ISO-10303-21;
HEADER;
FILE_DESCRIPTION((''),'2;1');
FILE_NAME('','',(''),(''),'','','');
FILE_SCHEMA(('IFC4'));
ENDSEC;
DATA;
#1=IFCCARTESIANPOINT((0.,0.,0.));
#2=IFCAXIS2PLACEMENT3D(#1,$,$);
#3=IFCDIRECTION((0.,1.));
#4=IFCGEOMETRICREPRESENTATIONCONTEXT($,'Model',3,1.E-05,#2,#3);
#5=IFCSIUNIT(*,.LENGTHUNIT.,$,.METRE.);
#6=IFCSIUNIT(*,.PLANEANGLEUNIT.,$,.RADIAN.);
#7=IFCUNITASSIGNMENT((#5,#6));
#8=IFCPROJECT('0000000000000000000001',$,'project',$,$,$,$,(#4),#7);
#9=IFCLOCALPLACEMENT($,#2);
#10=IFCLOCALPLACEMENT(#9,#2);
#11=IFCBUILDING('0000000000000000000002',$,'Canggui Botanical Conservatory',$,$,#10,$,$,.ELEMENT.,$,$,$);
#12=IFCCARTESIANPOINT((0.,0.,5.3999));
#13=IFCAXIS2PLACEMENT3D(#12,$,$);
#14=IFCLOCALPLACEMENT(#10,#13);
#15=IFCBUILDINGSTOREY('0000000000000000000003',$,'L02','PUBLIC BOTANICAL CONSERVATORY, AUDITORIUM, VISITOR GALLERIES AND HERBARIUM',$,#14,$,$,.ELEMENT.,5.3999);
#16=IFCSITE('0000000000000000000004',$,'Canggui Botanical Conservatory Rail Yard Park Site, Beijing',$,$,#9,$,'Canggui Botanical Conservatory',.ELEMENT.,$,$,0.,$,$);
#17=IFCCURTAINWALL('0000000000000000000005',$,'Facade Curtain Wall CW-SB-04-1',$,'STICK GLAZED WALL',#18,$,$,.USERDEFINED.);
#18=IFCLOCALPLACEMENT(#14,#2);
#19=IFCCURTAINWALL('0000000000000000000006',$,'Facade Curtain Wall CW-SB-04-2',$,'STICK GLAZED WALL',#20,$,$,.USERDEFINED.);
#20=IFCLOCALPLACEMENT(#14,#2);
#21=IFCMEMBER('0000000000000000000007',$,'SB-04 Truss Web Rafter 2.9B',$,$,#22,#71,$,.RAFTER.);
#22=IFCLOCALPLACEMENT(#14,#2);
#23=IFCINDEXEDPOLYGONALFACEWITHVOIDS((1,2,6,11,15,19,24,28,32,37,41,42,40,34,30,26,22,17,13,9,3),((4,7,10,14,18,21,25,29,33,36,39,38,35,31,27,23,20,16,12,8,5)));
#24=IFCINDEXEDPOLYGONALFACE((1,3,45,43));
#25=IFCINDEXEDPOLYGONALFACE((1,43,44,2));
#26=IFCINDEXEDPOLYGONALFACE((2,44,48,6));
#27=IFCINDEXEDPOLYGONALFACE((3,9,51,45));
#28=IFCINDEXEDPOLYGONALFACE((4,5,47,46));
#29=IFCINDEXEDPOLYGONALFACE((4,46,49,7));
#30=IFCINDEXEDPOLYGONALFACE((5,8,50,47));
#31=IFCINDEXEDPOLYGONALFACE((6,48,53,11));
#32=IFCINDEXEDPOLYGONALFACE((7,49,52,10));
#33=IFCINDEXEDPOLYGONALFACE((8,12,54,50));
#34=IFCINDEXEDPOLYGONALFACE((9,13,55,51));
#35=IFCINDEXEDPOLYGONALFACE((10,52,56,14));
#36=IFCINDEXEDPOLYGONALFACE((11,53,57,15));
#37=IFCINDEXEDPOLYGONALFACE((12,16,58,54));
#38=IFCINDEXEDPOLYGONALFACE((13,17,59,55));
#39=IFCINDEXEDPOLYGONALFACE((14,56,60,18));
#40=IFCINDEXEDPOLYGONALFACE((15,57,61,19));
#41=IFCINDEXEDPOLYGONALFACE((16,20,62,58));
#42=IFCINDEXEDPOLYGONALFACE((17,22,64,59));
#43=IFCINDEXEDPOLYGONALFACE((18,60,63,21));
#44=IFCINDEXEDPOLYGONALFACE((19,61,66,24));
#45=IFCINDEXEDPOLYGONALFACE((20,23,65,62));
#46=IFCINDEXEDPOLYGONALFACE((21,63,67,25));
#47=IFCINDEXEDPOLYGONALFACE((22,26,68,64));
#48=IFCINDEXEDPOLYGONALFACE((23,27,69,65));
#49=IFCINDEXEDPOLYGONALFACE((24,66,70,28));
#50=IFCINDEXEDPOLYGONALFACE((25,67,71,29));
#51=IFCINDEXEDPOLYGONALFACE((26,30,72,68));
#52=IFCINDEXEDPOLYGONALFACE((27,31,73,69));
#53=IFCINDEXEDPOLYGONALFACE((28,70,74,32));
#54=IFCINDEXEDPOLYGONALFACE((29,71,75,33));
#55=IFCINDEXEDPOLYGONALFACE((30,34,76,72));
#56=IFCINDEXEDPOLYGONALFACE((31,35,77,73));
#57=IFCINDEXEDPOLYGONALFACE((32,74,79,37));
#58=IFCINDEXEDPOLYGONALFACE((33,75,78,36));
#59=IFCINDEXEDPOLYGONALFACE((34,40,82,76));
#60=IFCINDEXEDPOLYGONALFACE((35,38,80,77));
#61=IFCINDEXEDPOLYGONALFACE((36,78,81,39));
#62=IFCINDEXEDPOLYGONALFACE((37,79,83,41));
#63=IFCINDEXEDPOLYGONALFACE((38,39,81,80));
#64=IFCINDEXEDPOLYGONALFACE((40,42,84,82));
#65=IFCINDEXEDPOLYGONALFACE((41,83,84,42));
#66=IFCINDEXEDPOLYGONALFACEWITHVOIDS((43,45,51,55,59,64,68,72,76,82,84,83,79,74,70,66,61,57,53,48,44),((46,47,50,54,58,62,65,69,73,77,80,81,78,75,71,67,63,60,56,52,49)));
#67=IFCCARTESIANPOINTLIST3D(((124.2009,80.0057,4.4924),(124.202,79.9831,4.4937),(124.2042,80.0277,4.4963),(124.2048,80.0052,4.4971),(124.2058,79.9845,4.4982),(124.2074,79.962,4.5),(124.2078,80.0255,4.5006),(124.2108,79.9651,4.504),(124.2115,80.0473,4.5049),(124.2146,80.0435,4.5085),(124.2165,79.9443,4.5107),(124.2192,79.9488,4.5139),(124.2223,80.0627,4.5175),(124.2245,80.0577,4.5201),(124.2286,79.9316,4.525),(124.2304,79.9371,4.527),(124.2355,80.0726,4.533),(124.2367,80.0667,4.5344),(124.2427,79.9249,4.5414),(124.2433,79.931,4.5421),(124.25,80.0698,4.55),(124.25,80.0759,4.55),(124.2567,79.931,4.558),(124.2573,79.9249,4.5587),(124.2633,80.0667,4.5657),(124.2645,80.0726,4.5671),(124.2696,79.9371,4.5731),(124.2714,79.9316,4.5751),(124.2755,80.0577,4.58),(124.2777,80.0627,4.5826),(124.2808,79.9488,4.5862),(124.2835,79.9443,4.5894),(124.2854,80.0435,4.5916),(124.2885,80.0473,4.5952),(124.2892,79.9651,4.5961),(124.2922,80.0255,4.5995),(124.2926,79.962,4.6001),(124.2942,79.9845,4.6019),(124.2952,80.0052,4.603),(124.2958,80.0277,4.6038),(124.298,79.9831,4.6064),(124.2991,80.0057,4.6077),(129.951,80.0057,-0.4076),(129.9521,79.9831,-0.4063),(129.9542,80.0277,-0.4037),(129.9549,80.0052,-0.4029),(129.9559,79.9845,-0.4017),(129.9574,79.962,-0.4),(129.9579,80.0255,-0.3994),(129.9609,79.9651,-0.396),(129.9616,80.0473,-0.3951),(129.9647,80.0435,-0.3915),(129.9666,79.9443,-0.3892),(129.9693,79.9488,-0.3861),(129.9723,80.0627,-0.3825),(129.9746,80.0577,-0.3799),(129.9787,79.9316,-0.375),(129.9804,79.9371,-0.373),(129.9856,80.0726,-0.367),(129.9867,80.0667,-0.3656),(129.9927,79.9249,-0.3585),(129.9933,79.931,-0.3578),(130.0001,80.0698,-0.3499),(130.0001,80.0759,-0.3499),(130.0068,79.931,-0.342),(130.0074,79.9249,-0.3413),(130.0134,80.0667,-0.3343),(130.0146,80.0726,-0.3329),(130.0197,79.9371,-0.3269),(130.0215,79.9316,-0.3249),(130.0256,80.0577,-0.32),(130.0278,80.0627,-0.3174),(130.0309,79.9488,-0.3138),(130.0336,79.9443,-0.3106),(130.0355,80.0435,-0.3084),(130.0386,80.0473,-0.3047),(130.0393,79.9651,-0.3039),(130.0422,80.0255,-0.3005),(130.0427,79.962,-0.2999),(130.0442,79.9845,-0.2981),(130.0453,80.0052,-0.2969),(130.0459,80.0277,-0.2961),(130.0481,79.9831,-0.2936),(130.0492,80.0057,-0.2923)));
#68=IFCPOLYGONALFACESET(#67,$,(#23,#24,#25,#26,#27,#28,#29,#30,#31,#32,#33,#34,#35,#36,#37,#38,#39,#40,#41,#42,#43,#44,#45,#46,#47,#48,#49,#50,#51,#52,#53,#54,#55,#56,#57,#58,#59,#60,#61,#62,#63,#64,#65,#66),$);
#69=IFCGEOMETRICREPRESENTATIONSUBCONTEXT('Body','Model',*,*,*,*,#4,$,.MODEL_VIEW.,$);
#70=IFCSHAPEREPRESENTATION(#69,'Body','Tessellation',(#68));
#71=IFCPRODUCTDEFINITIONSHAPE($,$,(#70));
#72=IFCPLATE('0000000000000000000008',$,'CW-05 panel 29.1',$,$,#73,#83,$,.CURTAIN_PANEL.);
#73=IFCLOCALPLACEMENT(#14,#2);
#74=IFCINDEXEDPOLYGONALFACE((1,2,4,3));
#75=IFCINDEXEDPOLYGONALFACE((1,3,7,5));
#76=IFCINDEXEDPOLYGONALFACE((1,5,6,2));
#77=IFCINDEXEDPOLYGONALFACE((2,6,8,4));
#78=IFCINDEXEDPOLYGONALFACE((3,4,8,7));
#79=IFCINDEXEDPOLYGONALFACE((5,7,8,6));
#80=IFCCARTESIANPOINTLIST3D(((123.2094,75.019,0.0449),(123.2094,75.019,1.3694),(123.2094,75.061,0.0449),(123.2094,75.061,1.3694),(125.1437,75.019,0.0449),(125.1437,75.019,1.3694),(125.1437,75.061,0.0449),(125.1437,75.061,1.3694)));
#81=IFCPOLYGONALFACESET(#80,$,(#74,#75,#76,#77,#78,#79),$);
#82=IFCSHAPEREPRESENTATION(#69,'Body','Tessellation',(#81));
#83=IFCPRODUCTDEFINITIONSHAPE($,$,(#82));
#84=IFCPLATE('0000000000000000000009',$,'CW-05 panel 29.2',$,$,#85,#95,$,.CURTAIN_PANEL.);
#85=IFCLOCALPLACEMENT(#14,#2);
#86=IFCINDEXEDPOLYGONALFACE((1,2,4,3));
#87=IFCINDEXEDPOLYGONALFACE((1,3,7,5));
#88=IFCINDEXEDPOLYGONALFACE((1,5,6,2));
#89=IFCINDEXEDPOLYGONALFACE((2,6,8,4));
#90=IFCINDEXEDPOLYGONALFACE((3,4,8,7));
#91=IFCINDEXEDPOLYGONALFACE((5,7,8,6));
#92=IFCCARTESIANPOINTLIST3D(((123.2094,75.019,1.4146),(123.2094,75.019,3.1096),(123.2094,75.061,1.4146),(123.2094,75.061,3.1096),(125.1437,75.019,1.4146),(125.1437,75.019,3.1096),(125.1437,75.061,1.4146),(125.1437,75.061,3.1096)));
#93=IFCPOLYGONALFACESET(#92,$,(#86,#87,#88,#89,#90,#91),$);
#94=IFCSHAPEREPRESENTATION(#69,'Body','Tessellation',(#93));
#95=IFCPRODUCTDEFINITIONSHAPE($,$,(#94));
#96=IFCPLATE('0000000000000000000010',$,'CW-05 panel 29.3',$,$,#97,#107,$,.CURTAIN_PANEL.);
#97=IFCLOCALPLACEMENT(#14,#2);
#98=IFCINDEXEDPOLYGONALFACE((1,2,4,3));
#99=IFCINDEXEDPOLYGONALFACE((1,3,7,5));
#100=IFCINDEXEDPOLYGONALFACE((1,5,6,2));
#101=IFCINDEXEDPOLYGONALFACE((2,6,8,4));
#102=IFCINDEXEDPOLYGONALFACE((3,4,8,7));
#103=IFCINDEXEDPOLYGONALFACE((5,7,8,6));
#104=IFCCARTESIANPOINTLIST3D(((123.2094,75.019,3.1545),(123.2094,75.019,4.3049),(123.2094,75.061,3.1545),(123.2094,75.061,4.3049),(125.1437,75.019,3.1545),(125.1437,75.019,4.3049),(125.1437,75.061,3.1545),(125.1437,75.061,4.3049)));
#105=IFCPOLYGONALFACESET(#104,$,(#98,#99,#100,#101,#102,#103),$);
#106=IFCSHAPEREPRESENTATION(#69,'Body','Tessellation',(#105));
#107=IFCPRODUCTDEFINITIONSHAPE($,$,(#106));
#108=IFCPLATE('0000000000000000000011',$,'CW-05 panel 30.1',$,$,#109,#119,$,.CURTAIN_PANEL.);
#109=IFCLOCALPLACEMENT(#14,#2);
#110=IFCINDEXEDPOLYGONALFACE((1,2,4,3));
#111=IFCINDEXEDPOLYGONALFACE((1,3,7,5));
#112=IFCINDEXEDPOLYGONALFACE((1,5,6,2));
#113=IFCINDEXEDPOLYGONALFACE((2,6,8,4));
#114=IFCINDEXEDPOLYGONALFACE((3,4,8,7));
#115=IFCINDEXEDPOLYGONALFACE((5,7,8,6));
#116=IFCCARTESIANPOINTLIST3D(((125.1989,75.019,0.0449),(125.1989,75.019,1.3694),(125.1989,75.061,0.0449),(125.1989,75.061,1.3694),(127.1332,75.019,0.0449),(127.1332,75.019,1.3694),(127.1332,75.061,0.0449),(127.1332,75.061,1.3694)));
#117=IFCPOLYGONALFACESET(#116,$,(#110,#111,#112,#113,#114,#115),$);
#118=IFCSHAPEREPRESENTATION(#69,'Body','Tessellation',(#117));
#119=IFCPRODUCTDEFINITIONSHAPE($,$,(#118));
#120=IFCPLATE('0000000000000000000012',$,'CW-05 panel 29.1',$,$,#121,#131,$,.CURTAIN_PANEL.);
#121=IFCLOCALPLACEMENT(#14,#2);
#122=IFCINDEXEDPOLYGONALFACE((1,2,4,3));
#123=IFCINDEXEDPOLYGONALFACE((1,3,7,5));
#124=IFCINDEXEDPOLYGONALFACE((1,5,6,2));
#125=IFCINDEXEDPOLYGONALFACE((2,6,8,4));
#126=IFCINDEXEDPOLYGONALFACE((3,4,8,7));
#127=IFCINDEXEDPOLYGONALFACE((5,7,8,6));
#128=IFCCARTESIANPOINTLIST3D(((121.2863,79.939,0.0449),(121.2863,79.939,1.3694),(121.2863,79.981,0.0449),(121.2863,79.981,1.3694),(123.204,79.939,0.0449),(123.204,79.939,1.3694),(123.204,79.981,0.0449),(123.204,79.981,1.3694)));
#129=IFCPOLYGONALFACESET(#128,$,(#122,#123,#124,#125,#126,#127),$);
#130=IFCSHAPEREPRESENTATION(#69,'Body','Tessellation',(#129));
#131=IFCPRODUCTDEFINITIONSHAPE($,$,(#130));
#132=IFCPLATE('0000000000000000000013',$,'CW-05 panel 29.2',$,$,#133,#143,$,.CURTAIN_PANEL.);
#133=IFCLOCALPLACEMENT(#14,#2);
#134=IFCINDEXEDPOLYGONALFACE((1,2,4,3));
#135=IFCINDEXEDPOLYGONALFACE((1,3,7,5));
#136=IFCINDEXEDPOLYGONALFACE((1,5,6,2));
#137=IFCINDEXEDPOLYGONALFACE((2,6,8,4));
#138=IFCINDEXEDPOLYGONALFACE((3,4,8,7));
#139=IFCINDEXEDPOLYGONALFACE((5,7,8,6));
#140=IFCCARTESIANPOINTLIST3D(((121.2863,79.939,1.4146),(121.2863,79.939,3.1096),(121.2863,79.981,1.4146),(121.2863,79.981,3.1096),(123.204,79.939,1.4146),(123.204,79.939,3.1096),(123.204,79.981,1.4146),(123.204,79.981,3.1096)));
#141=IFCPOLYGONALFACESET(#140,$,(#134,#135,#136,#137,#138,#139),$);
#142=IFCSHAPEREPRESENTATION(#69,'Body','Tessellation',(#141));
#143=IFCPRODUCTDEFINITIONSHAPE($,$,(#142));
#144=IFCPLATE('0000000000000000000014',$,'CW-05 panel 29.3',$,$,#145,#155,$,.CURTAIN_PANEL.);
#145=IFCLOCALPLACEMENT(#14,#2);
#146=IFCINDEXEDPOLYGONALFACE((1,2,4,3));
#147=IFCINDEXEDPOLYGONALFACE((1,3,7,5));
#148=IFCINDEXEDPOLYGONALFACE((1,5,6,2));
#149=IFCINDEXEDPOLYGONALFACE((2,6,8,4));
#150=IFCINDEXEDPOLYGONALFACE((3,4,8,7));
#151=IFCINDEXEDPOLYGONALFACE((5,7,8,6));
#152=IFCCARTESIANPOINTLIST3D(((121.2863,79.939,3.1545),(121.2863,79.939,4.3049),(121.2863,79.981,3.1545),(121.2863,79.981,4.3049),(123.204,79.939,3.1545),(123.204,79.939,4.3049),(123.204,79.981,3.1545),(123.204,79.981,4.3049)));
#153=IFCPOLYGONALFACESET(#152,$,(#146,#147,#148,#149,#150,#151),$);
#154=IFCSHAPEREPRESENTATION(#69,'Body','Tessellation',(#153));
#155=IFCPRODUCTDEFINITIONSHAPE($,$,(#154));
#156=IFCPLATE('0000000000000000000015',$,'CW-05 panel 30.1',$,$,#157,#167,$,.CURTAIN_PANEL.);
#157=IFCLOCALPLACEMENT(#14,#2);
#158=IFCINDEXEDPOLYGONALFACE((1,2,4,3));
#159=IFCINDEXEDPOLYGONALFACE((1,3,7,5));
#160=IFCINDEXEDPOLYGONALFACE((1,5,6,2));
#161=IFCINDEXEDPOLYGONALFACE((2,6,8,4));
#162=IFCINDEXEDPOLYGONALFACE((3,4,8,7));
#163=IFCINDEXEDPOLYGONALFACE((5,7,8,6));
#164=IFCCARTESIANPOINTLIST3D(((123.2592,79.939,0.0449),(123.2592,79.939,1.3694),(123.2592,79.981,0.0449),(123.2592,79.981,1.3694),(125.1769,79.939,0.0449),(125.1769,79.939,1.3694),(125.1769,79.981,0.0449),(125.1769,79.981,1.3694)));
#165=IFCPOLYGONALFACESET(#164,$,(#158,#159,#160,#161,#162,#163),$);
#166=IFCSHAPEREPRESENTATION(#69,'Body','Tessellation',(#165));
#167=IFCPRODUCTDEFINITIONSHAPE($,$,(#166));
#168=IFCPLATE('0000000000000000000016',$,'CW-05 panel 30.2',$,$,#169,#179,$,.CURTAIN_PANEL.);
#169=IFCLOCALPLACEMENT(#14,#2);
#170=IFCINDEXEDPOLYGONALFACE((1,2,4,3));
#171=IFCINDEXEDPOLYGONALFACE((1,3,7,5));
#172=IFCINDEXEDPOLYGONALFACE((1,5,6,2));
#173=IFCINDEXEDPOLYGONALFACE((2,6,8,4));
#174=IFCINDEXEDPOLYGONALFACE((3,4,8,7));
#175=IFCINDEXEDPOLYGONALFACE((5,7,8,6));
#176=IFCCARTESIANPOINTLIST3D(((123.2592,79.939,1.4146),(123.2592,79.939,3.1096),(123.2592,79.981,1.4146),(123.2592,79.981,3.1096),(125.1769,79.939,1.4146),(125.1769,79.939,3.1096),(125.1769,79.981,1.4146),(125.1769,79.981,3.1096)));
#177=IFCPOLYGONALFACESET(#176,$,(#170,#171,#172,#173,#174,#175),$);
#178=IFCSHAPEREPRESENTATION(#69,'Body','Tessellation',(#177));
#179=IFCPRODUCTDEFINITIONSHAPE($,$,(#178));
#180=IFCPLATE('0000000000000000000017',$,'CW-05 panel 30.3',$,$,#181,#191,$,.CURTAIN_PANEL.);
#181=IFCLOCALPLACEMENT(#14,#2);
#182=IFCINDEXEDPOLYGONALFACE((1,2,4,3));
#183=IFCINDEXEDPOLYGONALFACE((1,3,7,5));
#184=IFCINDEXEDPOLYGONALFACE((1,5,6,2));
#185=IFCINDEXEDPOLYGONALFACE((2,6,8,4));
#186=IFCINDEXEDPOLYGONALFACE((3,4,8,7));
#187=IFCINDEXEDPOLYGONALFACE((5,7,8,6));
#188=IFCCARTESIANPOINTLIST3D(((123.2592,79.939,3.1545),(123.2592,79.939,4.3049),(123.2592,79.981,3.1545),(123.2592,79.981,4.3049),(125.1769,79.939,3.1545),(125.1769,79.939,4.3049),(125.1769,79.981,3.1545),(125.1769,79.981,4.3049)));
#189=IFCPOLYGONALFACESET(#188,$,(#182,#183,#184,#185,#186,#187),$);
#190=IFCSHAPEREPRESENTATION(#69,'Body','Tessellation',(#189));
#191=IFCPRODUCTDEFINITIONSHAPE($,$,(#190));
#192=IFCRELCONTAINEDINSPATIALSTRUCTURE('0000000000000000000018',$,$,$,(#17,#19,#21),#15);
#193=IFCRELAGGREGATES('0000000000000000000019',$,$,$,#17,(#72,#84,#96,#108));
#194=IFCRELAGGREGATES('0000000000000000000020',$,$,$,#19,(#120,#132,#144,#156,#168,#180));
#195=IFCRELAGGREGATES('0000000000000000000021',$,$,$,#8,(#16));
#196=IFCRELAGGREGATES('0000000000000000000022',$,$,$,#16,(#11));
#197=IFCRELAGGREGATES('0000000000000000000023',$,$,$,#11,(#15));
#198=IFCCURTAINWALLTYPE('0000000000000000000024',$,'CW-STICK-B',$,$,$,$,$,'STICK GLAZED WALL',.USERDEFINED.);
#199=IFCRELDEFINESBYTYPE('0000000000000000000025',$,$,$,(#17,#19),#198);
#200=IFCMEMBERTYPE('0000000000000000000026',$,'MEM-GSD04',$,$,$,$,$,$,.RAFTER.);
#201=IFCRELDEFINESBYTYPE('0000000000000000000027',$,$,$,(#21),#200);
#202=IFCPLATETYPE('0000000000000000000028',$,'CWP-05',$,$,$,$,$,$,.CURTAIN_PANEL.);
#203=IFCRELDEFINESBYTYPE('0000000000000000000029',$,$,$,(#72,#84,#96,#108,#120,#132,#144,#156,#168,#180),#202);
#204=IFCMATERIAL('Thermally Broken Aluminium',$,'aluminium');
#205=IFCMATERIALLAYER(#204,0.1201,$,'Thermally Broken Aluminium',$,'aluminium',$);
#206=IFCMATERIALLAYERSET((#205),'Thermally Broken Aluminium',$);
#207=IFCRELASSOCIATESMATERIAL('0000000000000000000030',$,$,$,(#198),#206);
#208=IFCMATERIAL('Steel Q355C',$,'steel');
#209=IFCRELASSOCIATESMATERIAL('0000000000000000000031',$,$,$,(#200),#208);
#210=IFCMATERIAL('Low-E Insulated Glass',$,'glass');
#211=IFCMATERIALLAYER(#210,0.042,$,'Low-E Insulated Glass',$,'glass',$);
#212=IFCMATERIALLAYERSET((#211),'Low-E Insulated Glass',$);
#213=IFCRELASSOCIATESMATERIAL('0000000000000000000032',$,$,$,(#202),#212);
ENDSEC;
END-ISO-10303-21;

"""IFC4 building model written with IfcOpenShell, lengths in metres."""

from ifc_helpers import new_model, si_unit, direction, frame, origin, origin_2d, place, context, subcontext, project, spatial, rectangle, hollow_circle, extrude, material, layer, layer_set, material_profile, profile_set, type_object, element, aggregate, save


model = new_model("IFC4")

# Units and contexts
model_context = context("Model", 3, precision=1e-05, world=origin(), true_north=direction((0.0, 1.0)))
body_context = subcontext(model_context, "Body", "Model", "MODEL_VIEW")
ifc_project = project(units=[si_unit("LENGTHUNIT", "METRE"), si_unit("PLANEANGLEUNIT", "RADIAN")], contexts=[model_context])

# Site, building, storey
site_placement = place(None, origin())
site = spatial("IfcSite", under=ifc_project, at=site_placement, Name="Canggui Botanical Conservatory Rail Yard Park Site, Beijing", LongName="Canggui Botanical Conservatory", CompositionType="ELEMENT", RefElevation=0.0)
building_placement = place(site_placement, origin())
building = spatial("IfcBuilding", under=site, at=building_placement, Name="Canggui Botanical Conservatory", CompositionType="ELEMENT")
storey_placement = place(building_placement, frame((0.0, 0.0, 5.3999)))
storey = spatial("IfcBuildingStorey", under=building, at=storey_placement, Name="L02", Description="PUBLIC BOTANICAL CONSERVATORY, AUDITORIUM, VISITOR GALLERIES AND HERBARIUM", CompositionType="ELEMENT", Elevation=5.3999)

# Curtain walls
ifc_material_1 = material(Name="Thermally Broken Aluminium", Category="aluminium")
ifc_layer_1 = layer(ifc_material_1, 0.1201, Name="Thermally Broken Aluminium", Category="aluminium")
ifc_layer_set_1 = layer_set([ifc_layer_1], Name="Thermally Broken Aluminium")
curtain_wall_type = type_object("IfcCurtainWallType", Name="CW-STICK-B", ElementType="STICK GLAZED WALL", PredefinedType="USERDEFINED", material=ifc_layer_set_1)
curtain_wall_1_placement = place(storey_placement, origin())
curtain_wall_1 = element("IfcCurtainWall", 1, at=curtain_wall_1_placement, inside=storey, type_object=curtain_wall_type, Name="Facade Curtain Wall CW-SB-04-1", ObjectType="STICK GLAZED WALL", PredefinedType="USERDEFINED")
curtain_wall_2_placement = place(storey_placement, origin())
curtain_wall_2 = element("IfcCurtainWall", 2, at=curtain_wall_2_placement, inside=storey, type_object=curtain_wall_type, Name="Facade Curtain Wall CW-SB-04-2", ObjectType="STICK GLAZED WALL", PredefinedType="USERDEFINED")

# Member
ifc_material_2 = material(Name="Steel Q355C", Category="steel")
ifc_material_profile_1 = material_profile(ifc_material_2, hollow_circle(Radius=0.0759, WallThickness=0.0061, at=origin_2d()), Name="CHS 152x6")
ifc_profile_set_1 = profile_set([ifc_material_profile_1], Name="Steel Q355C")
member_type_1 = type_object("IfcMemberType", Name="MEM-GSD04", PredefinedType="RAFTER", material=ifc_profile_set_1)
member_1_placement = place(storey_placement, frame((124.25, 80.0, 4.55), z_axis=(0.761129, 0.0, -0.648601), x_axis=(0.0, 1.0, 0.0)))
element("IfcMember", 3, at=member_1_placement, inside=storey, type_object=member_type_1, Name="SB-04 Truss Web Rafter 2.9B", PredefinedType="RAFTER", context=body_context, shape_type="SweptSolid", body=[
    extrude(hollow_circle(Radius=0.0759, WallThickness=0.0061, at=origin_2d()), origin(), (0.0, 0.0, 1.0), 7.5547),
])

# Plates
ifc_material_3 = material(Name="Low-E Insulated Glass", Category="glass")
ifc_layer_2 = layer(ifc_material_3, 0.042, Name="Low-E Insulated Glass", Category="glass")
ifc_layer_set_2 = layer_set([ifc_layer_2], Name="Low-E Insulated Glass")
plate_type_1 = type_object("IfcPlateType", Name="CWP-05", PredefinedType="CURTAIN_PANEL", material=ifc_layer_set_2)
plate_1_placement = place(storey_placement, frame((124.1765, 75.04, 0.0449), z_axis=(0.0, 0.0, 1.0), x_axis=(1.0, 0.0, 0.0)))
plate_1 = element("IfcPlate", 4, at=plate_1_placement, type_object=plate_type_1, Name="CW-05 panel 29.1", PredefinedType="CURTAIN_PANEL", context=body_context, shape_type="SweptSolid", body=[
    extrude(rectangle(XDim=1.9343, YDim=0.042, at=origin_2d()), origin(), (0.0, 0.0, 1.0), 1.3245),
])
plate_2_placement = place(storey_placement, frame((124.1765, 75.04, 1.4146), z_axis=(0.0, 0.0, 1.0), x_axis=(1.0, 0.0, 0.0)))
plate_2 = element("IfcPlate", 5, at=plate_2_placement, type_object=plate_type_1, Name="CW-05 panel 29.2", PredefinedType="CURTAIN_PANEL", context=body_context, shape_type="SweptSolid", body=[
    extrude(rectangle(XDim=1.9343, YDim=0.042, at=origin_2d()), origin(), (0.0, 0.0, 1.0), 1.6951),
])
plate_3_placement = place(storey_placement, frame((124.1765, 75.04, 3.1545), z_axis=(0.0, 0.0, 1.0), x_axis=(1.0, 0.0, 0.0)))
plate_3 = element("IfcPlate", 6, at=plate_3_placement, type_object=plate_type_1, Name="CW-05 panel 29.3", PredefinedType="CURTAIN_PANEL", context=body_context, shape_type="SweptSolid", body=[
    extrude(rectangle(XDim=1.9343, YDim=0.042, at=origin_2d()), origin(), (0.0, 0.0, 1.0), 1.1504),
])
plate_4_placement = place(storey_placement, frame((126.166, 75.04, 0.0449), z_axis=(0.0, 0.0, 1.0), x_axis=(1.0, 0.0, 0.0)))
plate_4 = element("IfcPlate", 7, at=plate_4_placement, type_object=plate_type_1, Name="CW-05 panel 30.1", PredefinedType="CURTAIN_PANEL", context=body_context, shape_type="SweptSolid", body=[
    extrude(rectangle(XDim=1.9343, YDim=0.042, at=origin_2d()), origin(), (0.0, 0.0, 1.0), 1.3245),
])
aggregate(curtain_wall_1, [plate_1, plate_2, plate_3, plate_4])
plate_5_placement = place(storey_placement, frame((122.2451, 79.96, 0.0449), z_axis=(0.0, 0.0, 1.0), x_axis=(1.0, 0.0, 0.0)))
plate_5 = element("IfcPlate", 8, at=plate_5_placement, type_object=plate_type_1, Name="CW-05 panel 29.1", PredefinedType="CURTAIN_PANEL", context=body_context, shape_type="SweptSolid", body=[
    extrude(rectangle(XDim=1.9177, YDim=0.042, at=origin_2d()), origin(), (0.0, 0.0, 1.0), 1.3245),
])
plate_6_placement = place(storey_placement, frame((122.2451, 79.96, 1.4146), z_axis=(0.0, 0.0, 1.0), x_axis=(1.0, 0.0, 0.0)))
plate_6 = element("IfcPlate", 9, at=plate_6_placement, type_object=plate_type_1, Name="CW-05 panel 29.2", PredefinedType="CURTAIN_PANEL", context=body_context, shape_type="SweptSolid", body=[
    extrude(rectangle(XDim=1.9177, YDim=0.042, at=origin_2d()), origin(), (0.0, 0.0, 1.0), 1.6951),
])
plate_7_placement = place(storey_placement, frame((122.2451, 79.96, 3.1545), z_axis=(0.0, 0.0, 1.0), x_axis=(1.0, 0.0, 0.0)))
plate_7 = element("IfcPlate", 10, at=plate_7_placement, type_object=plate_type_1, Name="CW-05 panel 29.3", PredefinedType="CURTAIN_PANEL", context=body_context, shape_type="SweptSolid", body=[
    extrude(rectangle(XDim=1.9177, YDim=0.042, at=origin_2d()), origin(), (0.0, 0.0, 1.0), 1.1504),
])
plate_8_placement = place(storey_placement, frame((124.218, 79.96, 0.0449), z_axis=(0.0, 0.0, 1.0), x_axis=(1.0, 0.0, 0.0)))
plate_8 = element("IfcPlate", 11, at=plate_8_placement, type_object=plate_type_1, Name="CW-05 panel 30.1", PredefinedType="CURTAIN_PANEL", context=body_context, shape_type="SweptSolid", body=[
    extrude(rectangle(XDim=1.9177, YDim=0.042, at=origin_2d()), origin(), (0.0, 0.0, 1.0), 1.3245),
])
plate_9_placement = place(storey_placement, frame((124.218, 79.96, 1.4146), z_axis=(0.0, 0.0, 1.0), x_axis=(1.0, 0.0, 0.0)))
plate_9 = element("IfcPlate", 12, at=plate_9_placement, type_object=plate_type_1, Name="CW-05 panel 30.2", PredefinedType="CURTAIN_PANEL", context=body_context, shape_type="SweptSolid", body=[
    extrude(rectangle(XDim=1.9177, YDim=0.042, at=origin_2d()), origin(), (0.0, 0.0, 1.0), 1.6951),
])
plate_10_placement = place(storey_placement, frame((124.218, 79.96, 3.1545), z_axis=(0.0, 0.0, 1.0), x_axis=(1.0, 0.0, 0.0)))
plate_10 = element("IfcPlate", 13, at=plate_10_placement, type_object=plate_type_1, Name="CW-05 panel 30.3", PredefinedType="CURTAIN_PANEL", context=body_context, shape_type="SweptSolid", body=[
    extrude(rectangle(XDim=1.9177, YDim=0.042, at=origin_2d()), origin(), (0.0, 0.0, 1.0), 1.1504),
])
aggregate(curtain_wall_2, [plate_5, plate_6, plate_7, plate_8, plate_9, plate_10])

save(model, "model.ifc")
